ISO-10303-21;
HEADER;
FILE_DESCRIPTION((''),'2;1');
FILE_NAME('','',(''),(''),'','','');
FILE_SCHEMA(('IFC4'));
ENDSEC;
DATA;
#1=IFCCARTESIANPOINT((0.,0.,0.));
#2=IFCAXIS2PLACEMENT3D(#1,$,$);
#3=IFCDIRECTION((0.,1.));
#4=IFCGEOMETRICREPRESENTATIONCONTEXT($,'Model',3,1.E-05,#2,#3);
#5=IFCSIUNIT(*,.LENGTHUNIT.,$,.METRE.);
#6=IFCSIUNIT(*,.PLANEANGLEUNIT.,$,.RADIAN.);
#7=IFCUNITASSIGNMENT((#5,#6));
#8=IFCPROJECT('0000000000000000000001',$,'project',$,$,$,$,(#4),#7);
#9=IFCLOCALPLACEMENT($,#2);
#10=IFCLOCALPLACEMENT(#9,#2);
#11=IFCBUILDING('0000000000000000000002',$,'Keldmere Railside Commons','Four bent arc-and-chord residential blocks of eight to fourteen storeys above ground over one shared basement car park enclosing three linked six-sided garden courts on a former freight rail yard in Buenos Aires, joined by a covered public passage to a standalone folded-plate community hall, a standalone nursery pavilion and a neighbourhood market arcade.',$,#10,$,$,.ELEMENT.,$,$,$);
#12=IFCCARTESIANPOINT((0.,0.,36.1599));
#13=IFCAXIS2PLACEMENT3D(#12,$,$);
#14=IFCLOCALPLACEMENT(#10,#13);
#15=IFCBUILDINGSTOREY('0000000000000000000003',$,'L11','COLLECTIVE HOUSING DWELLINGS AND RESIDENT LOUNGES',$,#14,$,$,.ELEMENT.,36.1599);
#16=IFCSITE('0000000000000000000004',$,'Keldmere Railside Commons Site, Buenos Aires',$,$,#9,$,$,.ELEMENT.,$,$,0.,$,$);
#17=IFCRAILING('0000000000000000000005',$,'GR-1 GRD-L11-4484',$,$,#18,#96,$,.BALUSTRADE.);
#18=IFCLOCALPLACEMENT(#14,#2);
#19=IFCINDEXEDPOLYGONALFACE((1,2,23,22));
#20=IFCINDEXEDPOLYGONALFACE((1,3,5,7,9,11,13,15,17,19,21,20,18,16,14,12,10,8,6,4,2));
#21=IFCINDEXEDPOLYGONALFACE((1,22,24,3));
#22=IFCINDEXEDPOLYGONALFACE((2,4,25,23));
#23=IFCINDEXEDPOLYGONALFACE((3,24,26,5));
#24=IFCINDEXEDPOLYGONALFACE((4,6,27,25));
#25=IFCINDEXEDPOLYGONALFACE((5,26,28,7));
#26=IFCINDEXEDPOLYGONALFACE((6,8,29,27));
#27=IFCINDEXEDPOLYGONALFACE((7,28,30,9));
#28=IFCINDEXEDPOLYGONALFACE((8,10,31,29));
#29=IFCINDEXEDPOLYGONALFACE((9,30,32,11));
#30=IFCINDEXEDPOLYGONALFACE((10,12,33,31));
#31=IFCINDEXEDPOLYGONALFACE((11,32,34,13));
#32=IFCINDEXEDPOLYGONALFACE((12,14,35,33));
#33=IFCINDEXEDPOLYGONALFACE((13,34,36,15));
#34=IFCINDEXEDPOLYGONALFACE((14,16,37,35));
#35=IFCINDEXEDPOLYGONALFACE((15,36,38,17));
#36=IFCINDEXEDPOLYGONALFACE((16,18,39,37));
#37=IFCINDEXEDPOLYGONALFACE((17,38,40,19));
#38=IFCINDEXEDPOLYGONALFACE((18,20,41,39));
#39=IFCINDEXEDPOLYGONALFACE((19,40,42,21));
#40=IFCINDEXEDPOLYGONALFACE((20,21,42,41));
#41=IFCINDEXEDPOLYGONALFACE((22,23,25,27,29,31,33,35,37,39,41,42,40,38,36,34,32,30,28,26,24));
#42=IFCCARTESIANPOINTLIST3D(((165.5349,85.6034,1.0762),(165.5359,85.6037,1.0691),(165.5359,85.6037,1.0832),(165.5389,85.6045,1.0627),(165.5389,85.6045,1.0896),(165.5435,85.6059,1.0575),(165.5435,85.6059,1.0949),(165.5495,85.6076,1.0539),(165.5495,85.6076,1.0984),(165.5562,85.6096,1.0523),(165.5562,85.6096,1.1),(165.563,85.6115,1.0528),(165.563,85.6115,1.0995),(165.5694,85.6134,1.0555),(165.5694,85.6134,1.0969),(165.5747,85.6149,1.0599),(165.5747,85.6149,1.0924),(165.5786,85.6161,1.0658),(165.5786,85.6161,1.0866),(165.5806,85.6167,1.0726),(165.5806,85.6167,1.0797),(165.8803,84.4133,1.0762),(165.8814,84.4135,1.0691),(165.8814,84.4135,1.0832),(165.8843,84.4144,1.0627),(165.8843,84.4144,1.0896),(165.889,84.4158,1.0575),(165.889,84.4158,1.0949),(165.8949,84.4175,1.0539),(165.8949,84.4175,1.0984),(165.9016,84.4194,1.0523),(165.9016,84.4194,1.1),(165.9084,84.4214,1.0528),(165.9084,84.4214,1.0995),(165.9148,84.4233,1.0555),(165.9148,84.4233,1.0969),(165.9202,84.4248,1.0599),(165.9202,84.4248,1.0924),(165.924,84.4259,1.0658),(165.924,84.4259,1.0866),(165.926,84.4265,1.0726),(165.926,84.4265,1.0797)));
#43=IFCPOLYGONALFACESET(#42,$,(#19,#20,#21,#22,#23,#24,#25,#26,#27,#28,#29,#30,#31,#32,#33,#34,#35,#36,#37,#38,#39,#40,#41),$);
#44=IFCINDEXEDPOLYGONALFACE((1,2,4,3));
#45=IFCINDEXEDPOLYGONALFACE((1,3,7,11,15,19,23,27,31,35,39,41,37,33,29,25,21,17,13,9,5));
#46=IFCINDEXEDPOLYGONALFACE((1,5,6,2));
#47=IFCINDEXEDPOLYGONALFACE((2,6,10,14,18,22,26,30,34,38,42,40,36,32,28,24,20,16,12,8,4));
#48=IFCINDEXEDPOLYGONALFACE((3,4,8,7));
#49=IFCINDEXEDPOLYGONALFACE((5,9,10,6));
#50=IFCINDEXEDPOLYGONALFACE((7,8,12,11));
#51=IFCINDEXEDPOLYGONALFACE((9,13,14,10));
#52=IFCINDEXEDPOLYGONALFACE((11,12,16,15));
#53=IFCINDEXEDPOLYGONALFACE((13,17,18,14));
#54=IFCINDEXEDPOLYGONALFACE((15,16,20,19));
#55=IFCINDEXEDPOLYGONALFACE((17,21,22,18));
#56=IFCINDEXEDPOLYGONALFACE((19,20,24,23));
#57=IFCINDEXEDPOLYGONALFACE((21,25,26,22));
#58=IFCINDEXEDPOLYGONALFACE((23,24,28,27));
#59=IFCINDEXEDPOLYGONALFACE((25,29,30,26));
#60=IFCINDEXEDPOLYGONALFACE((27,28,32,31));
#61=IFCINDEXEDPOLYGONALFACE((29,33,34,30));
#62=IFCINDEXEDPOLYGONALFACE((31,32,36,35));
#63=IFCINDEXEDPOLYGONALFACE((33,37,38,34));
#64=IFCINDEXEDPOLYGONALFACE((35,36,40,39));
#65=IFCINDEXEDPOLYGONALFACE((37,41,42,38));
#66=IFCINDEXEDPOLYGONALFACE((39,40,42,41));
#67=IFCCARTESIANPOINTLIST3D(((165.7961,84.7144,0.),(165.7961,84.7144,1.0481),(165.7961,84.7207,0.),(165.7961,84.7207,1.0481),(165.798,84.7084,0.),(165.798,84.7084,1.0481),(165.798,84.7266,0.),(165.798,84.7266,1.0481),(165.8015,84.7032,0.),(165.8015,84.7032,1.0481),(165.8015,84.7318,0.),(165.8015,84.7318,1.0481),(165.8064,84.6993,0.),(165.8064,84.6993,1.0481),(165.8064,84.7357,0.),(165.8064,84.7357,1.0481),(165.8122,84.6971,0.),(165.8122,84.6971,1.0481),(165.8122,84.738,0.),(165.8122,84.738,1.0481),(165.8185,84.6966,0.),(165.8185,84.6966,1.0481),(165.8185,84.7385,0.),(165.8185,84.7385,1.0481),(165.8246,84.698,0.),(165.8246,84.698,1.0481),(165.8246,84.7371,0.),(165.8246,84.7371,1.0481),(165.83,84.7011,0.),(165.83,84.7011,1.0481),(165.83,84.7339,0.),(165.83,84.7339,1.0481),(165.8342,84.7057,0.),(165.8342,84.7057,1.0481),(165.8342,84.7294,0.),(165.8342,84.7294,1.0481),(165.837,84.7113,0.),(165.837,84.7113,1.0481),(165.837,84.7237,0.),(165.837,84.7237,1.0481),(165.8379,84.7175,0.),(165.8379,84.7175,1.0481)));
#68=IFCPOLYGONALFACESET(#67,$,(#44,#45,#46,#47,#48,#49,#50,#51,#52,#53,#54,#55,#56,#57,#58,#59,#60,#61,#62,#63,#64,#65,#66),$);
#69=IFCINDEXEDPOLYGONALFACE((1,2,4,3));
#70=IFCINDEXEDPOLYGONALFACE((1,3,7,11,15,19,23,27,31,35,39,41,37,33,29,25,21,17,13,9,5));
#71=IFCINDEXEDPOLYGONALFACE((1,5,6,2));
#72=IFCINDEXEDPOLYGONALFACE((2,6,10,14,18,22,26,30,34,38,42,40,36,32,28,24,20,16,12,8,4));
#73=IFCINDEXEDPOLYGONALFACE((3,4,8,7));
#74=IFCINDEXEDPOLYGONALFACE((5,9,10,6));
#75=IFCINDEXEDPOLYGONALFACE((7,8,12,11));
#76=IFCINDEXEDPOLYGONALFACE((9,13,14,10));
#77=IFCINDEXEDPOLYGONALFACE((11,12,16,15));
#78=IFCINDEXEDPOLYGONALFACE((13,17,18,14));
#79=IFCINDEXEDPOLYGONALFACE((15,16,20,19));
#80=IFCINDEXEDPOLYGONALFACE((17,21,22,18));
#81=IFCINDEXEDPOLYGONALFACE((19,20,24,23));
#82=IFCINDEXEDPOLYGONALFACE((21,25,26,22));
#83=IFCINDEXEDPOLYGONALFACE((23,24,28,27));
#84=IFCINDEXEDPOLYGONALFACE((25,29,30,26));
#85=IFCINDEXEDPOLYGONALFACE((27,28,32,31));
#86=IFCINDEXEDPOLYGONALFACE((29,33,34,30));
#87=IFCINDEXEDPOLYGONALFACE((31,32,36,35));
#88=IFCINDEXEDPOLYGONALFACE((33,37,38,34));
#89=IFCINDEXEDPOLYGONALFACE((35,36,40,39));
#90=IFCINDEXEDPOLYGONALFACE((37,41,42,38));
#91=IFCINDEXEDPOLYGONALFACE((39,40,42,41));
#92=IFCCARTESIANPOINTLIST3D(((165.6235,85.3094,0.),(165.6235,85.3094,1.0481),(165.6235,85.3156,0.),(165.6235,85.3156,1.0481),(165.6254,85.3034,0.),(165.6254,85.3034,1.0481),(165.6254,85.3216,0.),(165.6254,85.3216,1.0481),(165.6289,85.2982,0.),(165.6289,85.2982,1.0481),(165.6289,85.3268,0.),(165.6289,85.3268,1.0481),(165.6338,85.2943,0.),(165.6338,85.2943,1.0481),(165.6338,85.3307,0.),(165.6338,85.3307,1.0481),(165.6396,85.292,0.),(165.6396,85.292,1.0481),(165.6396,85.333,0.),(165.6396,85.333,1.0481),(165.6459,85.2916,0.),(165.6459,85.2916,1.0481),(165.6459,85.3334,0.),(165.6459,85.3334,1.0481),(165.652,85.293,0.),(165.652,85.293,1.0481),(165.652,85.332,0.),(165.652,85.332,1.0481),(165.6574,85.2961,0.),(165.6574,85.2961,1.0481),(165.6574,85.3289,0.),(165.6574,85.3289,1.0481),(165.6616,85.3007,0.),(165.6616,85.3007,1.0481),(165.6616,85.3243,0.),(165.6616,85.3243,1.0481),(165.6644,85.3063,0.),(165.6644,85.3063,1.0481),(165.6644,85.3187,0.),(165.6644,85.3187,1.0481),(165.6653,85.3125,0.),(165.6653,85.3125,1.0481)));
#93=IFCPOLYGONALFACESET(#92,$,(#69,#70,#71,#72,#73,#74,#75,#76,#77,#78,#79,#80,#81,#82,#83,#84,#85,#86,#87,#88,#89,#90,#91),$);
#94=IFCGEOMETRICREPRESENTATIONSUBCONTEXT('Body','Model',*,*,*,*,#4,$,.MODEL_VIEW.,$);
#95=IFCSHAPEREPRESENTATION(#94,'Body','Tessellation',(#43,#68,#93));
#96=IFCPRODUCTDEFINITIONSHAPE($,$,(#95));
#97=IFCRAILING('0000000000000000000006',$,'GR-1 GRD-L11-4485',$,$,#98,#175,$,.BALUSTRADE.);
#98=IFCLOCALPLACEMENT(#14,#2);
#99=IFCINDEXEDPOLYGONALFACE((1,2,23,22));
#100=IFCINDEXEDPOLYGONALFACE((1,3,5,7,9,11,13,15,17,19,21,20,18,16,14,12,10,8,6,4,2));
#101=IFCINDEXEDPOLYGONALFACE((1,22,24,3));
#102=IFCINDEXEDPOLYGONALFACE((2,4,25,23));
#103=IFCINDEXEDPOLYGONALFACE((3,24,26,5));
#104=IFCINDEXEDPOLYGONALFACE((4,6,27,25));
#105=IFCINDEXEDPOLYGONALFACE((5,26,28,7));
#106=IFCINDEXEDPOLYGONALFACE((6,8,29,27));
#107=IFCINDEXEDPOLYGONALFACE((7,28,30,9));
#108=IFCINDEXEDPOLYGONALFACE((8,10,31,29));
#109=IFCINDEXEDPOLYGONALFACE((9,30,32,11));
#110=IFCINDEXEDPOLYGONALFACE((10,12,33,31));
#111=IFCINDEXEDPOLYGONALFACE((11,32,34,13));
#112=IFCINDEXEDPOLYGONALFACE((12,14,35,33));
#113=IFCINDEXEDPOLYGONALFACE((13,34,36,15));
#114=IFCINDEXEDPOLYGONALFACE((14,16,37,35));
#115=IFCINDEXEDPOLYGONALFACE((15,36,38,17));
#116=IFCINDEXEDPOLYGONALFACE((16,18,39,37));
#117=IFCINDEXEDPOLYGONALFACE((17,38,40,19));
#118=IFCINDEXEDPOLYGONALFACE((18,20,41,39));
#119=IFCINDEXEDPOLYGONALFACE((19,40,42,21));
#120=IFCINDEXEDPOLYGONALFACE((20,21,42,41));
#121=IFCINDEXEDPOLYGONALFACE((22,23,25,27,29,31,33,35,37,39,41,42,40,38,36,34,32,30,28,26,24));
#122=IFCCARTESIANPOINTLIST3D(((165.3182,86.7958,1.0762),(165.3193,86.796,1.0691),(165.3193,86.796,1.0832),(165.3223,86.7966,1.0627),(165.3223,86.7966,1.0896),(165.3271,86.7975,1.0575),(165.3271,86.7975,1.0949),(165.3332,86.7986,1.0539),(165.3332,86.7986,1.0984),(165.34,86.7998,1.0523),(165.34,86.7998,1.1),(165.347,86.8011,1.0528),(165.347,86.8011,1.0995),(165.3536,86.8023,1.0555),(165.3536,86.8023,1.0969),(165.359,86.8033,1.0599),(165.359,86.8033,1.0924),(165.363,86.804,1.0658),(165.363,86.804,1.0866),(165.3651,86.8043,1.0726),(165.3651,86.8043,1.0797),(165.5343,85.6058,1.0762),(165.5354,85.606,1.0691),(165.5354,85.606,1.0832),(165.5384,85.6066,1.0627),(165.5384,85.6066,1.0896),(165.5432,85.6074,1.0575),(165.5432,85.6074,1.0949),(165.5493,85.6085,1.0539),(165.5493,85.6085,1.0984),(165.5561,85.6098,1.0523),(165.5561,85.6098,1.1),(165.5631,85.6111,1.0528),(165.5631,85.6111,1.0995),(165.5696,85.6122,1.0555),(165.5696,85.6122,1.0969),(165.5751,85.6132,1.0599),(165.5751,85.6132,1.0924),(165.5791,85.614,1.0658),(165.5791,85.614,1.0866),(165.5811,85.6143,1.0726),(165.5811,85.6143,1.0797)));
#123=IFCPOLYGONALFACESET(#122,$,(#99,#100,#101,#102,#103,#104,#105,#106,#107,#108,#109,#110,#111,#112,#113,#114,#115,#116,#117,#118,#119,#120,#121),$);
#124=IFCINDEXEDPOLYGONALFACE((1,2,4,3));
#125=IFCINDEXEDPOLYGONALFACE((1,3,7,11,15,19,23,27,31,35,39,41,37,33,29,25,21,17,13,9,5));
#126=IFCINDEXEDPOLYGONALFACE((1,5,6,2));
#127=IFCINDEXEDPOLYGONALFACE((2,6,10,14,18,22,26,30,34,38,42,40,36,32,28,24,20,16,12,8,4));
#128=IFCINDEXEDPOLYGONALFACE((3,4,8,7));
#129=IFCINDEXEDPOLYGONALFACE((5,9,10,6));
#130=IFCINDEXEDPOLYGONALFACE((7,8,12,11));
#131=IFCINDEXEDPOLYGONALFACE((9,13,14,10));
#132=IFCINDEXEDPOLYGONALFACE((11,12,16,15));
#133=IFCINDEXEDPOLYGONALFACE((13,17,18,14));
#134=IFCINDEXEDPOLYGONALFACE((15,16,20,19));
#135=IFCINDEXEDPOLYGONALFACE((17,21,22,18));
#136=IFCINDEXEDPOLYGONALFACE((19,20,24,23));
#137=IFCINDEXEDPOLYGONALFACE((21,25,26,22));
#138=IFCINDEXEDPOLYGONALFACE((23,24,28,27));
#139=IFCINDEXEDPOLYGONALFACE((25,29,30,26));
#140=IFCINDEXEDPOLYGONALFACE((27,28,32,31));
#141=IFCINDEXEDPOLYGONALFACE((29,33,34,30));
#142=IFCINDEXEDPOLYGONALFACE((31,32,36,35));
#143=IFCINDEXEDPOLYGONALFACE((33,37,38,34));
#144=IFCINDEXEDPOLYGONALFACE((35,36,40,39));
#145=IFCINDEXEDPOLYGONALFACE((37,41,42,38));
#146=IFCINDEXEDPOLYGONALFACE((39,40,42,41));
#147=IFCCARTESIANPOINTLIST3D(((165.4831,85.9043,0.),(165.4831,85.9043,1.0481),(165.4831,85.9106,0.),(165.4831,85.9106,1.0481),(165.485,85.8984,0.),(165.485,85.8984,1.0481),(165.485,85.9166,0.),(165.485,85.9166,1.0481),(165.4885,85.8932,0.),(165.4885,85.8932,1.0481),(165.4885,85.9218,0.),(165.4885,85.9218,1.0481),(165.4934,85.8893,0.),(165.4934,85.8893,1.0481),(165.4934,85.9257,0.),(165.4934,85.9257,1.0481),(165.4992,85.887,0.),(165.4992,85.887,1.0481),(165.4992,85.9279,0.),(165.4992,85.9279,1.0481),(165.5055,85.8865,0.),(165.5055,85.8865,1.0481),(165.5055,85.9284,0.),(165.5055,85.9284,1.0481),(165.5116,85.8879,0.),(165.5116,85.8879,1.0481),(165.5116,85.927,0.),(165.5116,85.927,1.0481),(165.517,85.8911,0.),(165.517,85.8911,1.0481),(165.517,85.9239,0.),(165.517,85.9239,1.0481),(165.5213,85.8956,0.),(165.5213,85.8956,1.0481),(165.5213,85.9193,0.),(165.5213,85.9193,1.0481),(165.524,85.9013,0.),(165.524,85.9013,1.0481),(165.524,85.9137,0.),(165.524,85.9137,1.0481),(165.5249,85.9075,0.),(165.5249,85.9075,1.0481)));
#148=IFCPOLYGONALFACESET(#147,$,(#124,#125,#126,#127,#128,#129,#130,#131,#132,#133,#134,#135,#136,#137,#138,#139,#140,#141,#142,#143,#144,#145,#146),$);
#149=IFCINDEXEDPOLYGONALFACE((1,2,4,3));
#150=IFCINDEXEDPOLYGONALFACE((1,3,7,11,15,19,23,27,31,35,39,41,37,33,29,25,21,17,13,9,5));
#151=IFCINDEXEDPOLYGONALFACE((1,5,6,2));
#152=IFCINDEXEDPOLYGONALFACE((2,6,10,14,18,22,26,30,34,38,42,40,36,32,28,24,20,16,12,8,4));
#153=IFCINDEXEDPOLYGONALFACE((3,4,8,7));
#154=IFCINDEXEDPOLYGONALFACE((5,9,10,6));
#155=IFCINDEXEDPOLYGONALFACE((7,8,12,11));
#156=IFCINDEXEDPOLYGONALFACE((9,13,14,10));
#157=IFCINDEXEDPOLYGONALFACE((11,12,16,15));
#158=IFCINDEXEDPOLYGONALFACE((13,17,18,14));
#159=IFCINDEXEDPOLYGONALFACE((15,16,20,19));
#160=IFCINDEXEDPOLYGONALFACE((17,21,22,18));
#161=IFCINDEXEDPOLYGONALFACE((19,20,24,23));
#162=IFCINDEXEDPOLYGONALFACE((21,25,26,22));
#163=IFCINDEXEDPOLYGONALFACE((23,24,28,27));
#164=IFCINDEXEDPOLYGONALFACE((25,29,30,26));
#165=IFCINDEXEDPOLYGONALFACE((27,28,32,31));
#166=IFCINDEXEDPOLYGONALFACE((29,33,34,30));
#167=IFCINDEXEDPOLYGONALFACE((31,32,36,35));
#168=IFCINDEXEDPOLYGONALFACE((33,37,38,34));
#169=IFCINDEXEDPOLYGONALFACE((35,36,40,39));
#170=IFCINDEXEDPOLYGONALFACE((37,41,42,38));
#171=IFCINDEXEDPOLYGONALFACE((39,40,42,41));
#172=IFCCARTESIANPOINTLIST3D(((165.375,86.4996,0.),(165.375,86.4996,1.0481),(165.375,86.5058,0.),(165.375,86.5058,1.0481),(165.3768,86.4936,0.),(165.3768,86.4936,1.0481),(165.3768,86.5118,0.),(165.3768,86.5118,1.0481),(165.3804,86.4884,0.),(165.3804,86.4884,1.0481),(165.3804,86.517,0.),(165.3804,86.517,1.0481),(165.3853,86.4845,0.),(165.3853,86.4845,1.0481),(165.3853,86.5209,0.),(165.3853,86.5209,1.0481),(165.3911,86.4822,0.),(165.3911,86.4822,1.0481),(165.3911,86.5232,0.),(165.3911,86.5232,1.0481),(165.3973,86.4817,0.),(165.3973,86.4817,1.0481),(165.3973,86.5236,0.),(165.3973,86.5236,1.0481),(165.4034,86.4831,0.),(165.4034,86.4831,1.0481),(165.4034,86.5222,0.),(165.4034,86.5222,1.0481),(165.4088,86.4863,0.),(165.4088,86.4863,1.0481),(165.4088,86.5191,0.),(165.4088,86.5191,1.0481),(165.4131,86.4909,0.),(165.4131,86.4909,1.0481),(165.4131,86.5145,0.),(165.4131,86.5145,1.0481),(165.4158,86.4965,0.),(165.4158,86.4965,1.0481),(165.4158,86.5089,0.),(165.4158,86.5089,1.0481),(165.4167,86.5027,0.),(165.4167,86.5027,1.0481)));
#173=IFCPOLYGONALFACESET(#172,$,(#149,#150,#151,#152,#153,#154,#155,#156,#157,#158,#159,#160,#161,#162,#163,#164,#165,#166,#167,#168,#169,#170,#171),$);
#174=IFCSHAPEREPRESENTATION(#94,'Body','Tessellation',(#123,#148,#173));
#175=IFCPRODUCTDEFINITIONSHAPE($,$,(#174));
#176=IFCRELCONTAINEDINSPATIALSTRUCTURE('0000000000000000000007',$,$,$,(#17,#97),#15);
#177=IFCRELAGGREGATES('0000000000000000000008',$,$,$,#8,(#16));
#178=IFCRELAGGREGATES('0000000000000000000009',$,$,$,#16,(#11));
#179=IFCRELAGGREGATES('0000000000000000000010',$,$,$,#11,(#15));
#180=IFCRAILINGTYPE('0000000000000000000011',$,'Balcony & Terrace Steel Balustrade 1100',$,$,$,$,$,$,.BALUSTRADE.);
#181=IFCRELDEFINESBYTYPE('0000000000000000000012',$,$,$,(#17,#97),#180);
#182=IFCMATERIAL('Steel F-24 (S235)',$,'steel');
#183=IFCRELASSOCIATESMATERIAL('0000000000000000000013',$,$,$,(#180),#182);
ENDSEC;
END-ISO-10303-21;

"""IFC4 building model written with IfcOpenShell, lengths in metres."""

from ifc_helpers import new_model, si_unit, direction, frame, origin, origin_2d, place, context, subcontext, project, spatial, circle, extrude, material, type_object, element, save


model = new_model("IFC4")

# Units and contexts
model_context = context("Model", 3, precision=1e-05, world=origin(), true_north=direction((0.0, 1.0)))
body_context = subcontext(model_context, "Body", "Model", "MODEL_VIEW")
ifc_project = project(units=[si_unit("LENGTHUNIT", "METRE"), si_unit("PLANEANGLEUNIT", "RADIAN")], contexts=[model_context])

# Site, building, storey
site_placement = place(None, origin())
site = spatial("IfcSite", under=ifc_project, at=site_placement, Name="Keldmere Railside Commons Site, Buenos Aires", CompositionType="ELEMENT", RefElevation=0.0)
building_placement = place(site_placement, origin())
building = spatial("IfcBuilding", under=site, at=building_placement, Name="Keldmere Railside Commons", Description="Four bent arc-and-chord residential blocks of eight to fourteen storeys above ground over one shared basement car park enclosing three linked six-sided garden courts on a former freight rail yard in Buenos Aires, joined by a covered public passage to a standalone folded-plate community hall, a standalone nursery pavilion and a neighbourhood market arcade.", CompositionType="ELEMENT")
storey_placement = place(building_placement, frame((0.0, 0.0, 36.1599)))
storey = spatial("IfcBuildingStorey", under=building, at=storey_placement, Name="L11", Description="COLLECTIVE HOUSING DWELLINGS AND RESIDENT LOUNGES", CompositionType="ELEMENT", Elevation=36.1599)

# Railings
ifc_material_1 = material(Name="Steel F-24 (S235)", Category="steel")
railing_type = type_object("IfcRailingType", Name="Balcony & Terrace Steel Balustrade 1100", PredefinedType="BALUSTRADE", material=ifc_material_1)
railing_1_placement = place(storey_placement, frame((165.9033, 84.4199, 0.0)))
element("IfcRailing", 1, at=railing_1_placement, inside=storey, type_object=railing_type, Name="GR-1 GRD-L11-4484", PredefinedType="BALUSTRADE", context=body_context, shape_type="SweptSolid", body=[
    extrude(circle(Radius=0.0239, at=origin_2d()), frame((0.0, 0.0, 1.0762), z_axis=(-0.278752, 0.960363, 0.0), x_axis=(-0.960363, -0.278752, 0.0)), (0.0, 0.0, 1.0), 1.2393),
    extrude(circle(Radius=0.021, at=origin_2d()), frame((-0.0864, 0.2976, 0.0)), (0.0, 0.0, 1.0), 1.0481),
    extrude(circle(Radius=0.021, at=origin_2d()), frame((-0.259, 0.8926, 0.0)), (0.0, 0.0, 1.0), 1.0481),
])
railing_2_placement = place(storey_placement, frame((165.5579, 85.6101, 0.0)))
element("IfcRailing", 2, at=railing_2_placement, inside=storey, type_object=railing_type, Name="GR-1 GRD-L11-4485", PredefinedType="BALUSTRADE", context=body_context, shape_type="SweptSolid", body=[
    extrude(circle(Radius=0.0239, at=origin_2d()), frame((0.0, 0.0, 1.0762), z_axis=(-0.178654, 0.983912, 0.0), x_axis=(-0.983912, -0.178654, 0.0)), (0.0, 0.0, 1.0), 1.2095),
    extrude(circle(Radius=0.021, at=origin_2d()), frame((-0.054, 0.2974, 0.0)), (0.0, 0.0, 1.0), 1.0481),
    extrude(circle(Radius=0.021, at=origin_2d()), frame((-0.1621, 0.8926, 0.0)), (0.0, 0.0, 1.0), 1.0481),
])

save(model, "model.ifc")
